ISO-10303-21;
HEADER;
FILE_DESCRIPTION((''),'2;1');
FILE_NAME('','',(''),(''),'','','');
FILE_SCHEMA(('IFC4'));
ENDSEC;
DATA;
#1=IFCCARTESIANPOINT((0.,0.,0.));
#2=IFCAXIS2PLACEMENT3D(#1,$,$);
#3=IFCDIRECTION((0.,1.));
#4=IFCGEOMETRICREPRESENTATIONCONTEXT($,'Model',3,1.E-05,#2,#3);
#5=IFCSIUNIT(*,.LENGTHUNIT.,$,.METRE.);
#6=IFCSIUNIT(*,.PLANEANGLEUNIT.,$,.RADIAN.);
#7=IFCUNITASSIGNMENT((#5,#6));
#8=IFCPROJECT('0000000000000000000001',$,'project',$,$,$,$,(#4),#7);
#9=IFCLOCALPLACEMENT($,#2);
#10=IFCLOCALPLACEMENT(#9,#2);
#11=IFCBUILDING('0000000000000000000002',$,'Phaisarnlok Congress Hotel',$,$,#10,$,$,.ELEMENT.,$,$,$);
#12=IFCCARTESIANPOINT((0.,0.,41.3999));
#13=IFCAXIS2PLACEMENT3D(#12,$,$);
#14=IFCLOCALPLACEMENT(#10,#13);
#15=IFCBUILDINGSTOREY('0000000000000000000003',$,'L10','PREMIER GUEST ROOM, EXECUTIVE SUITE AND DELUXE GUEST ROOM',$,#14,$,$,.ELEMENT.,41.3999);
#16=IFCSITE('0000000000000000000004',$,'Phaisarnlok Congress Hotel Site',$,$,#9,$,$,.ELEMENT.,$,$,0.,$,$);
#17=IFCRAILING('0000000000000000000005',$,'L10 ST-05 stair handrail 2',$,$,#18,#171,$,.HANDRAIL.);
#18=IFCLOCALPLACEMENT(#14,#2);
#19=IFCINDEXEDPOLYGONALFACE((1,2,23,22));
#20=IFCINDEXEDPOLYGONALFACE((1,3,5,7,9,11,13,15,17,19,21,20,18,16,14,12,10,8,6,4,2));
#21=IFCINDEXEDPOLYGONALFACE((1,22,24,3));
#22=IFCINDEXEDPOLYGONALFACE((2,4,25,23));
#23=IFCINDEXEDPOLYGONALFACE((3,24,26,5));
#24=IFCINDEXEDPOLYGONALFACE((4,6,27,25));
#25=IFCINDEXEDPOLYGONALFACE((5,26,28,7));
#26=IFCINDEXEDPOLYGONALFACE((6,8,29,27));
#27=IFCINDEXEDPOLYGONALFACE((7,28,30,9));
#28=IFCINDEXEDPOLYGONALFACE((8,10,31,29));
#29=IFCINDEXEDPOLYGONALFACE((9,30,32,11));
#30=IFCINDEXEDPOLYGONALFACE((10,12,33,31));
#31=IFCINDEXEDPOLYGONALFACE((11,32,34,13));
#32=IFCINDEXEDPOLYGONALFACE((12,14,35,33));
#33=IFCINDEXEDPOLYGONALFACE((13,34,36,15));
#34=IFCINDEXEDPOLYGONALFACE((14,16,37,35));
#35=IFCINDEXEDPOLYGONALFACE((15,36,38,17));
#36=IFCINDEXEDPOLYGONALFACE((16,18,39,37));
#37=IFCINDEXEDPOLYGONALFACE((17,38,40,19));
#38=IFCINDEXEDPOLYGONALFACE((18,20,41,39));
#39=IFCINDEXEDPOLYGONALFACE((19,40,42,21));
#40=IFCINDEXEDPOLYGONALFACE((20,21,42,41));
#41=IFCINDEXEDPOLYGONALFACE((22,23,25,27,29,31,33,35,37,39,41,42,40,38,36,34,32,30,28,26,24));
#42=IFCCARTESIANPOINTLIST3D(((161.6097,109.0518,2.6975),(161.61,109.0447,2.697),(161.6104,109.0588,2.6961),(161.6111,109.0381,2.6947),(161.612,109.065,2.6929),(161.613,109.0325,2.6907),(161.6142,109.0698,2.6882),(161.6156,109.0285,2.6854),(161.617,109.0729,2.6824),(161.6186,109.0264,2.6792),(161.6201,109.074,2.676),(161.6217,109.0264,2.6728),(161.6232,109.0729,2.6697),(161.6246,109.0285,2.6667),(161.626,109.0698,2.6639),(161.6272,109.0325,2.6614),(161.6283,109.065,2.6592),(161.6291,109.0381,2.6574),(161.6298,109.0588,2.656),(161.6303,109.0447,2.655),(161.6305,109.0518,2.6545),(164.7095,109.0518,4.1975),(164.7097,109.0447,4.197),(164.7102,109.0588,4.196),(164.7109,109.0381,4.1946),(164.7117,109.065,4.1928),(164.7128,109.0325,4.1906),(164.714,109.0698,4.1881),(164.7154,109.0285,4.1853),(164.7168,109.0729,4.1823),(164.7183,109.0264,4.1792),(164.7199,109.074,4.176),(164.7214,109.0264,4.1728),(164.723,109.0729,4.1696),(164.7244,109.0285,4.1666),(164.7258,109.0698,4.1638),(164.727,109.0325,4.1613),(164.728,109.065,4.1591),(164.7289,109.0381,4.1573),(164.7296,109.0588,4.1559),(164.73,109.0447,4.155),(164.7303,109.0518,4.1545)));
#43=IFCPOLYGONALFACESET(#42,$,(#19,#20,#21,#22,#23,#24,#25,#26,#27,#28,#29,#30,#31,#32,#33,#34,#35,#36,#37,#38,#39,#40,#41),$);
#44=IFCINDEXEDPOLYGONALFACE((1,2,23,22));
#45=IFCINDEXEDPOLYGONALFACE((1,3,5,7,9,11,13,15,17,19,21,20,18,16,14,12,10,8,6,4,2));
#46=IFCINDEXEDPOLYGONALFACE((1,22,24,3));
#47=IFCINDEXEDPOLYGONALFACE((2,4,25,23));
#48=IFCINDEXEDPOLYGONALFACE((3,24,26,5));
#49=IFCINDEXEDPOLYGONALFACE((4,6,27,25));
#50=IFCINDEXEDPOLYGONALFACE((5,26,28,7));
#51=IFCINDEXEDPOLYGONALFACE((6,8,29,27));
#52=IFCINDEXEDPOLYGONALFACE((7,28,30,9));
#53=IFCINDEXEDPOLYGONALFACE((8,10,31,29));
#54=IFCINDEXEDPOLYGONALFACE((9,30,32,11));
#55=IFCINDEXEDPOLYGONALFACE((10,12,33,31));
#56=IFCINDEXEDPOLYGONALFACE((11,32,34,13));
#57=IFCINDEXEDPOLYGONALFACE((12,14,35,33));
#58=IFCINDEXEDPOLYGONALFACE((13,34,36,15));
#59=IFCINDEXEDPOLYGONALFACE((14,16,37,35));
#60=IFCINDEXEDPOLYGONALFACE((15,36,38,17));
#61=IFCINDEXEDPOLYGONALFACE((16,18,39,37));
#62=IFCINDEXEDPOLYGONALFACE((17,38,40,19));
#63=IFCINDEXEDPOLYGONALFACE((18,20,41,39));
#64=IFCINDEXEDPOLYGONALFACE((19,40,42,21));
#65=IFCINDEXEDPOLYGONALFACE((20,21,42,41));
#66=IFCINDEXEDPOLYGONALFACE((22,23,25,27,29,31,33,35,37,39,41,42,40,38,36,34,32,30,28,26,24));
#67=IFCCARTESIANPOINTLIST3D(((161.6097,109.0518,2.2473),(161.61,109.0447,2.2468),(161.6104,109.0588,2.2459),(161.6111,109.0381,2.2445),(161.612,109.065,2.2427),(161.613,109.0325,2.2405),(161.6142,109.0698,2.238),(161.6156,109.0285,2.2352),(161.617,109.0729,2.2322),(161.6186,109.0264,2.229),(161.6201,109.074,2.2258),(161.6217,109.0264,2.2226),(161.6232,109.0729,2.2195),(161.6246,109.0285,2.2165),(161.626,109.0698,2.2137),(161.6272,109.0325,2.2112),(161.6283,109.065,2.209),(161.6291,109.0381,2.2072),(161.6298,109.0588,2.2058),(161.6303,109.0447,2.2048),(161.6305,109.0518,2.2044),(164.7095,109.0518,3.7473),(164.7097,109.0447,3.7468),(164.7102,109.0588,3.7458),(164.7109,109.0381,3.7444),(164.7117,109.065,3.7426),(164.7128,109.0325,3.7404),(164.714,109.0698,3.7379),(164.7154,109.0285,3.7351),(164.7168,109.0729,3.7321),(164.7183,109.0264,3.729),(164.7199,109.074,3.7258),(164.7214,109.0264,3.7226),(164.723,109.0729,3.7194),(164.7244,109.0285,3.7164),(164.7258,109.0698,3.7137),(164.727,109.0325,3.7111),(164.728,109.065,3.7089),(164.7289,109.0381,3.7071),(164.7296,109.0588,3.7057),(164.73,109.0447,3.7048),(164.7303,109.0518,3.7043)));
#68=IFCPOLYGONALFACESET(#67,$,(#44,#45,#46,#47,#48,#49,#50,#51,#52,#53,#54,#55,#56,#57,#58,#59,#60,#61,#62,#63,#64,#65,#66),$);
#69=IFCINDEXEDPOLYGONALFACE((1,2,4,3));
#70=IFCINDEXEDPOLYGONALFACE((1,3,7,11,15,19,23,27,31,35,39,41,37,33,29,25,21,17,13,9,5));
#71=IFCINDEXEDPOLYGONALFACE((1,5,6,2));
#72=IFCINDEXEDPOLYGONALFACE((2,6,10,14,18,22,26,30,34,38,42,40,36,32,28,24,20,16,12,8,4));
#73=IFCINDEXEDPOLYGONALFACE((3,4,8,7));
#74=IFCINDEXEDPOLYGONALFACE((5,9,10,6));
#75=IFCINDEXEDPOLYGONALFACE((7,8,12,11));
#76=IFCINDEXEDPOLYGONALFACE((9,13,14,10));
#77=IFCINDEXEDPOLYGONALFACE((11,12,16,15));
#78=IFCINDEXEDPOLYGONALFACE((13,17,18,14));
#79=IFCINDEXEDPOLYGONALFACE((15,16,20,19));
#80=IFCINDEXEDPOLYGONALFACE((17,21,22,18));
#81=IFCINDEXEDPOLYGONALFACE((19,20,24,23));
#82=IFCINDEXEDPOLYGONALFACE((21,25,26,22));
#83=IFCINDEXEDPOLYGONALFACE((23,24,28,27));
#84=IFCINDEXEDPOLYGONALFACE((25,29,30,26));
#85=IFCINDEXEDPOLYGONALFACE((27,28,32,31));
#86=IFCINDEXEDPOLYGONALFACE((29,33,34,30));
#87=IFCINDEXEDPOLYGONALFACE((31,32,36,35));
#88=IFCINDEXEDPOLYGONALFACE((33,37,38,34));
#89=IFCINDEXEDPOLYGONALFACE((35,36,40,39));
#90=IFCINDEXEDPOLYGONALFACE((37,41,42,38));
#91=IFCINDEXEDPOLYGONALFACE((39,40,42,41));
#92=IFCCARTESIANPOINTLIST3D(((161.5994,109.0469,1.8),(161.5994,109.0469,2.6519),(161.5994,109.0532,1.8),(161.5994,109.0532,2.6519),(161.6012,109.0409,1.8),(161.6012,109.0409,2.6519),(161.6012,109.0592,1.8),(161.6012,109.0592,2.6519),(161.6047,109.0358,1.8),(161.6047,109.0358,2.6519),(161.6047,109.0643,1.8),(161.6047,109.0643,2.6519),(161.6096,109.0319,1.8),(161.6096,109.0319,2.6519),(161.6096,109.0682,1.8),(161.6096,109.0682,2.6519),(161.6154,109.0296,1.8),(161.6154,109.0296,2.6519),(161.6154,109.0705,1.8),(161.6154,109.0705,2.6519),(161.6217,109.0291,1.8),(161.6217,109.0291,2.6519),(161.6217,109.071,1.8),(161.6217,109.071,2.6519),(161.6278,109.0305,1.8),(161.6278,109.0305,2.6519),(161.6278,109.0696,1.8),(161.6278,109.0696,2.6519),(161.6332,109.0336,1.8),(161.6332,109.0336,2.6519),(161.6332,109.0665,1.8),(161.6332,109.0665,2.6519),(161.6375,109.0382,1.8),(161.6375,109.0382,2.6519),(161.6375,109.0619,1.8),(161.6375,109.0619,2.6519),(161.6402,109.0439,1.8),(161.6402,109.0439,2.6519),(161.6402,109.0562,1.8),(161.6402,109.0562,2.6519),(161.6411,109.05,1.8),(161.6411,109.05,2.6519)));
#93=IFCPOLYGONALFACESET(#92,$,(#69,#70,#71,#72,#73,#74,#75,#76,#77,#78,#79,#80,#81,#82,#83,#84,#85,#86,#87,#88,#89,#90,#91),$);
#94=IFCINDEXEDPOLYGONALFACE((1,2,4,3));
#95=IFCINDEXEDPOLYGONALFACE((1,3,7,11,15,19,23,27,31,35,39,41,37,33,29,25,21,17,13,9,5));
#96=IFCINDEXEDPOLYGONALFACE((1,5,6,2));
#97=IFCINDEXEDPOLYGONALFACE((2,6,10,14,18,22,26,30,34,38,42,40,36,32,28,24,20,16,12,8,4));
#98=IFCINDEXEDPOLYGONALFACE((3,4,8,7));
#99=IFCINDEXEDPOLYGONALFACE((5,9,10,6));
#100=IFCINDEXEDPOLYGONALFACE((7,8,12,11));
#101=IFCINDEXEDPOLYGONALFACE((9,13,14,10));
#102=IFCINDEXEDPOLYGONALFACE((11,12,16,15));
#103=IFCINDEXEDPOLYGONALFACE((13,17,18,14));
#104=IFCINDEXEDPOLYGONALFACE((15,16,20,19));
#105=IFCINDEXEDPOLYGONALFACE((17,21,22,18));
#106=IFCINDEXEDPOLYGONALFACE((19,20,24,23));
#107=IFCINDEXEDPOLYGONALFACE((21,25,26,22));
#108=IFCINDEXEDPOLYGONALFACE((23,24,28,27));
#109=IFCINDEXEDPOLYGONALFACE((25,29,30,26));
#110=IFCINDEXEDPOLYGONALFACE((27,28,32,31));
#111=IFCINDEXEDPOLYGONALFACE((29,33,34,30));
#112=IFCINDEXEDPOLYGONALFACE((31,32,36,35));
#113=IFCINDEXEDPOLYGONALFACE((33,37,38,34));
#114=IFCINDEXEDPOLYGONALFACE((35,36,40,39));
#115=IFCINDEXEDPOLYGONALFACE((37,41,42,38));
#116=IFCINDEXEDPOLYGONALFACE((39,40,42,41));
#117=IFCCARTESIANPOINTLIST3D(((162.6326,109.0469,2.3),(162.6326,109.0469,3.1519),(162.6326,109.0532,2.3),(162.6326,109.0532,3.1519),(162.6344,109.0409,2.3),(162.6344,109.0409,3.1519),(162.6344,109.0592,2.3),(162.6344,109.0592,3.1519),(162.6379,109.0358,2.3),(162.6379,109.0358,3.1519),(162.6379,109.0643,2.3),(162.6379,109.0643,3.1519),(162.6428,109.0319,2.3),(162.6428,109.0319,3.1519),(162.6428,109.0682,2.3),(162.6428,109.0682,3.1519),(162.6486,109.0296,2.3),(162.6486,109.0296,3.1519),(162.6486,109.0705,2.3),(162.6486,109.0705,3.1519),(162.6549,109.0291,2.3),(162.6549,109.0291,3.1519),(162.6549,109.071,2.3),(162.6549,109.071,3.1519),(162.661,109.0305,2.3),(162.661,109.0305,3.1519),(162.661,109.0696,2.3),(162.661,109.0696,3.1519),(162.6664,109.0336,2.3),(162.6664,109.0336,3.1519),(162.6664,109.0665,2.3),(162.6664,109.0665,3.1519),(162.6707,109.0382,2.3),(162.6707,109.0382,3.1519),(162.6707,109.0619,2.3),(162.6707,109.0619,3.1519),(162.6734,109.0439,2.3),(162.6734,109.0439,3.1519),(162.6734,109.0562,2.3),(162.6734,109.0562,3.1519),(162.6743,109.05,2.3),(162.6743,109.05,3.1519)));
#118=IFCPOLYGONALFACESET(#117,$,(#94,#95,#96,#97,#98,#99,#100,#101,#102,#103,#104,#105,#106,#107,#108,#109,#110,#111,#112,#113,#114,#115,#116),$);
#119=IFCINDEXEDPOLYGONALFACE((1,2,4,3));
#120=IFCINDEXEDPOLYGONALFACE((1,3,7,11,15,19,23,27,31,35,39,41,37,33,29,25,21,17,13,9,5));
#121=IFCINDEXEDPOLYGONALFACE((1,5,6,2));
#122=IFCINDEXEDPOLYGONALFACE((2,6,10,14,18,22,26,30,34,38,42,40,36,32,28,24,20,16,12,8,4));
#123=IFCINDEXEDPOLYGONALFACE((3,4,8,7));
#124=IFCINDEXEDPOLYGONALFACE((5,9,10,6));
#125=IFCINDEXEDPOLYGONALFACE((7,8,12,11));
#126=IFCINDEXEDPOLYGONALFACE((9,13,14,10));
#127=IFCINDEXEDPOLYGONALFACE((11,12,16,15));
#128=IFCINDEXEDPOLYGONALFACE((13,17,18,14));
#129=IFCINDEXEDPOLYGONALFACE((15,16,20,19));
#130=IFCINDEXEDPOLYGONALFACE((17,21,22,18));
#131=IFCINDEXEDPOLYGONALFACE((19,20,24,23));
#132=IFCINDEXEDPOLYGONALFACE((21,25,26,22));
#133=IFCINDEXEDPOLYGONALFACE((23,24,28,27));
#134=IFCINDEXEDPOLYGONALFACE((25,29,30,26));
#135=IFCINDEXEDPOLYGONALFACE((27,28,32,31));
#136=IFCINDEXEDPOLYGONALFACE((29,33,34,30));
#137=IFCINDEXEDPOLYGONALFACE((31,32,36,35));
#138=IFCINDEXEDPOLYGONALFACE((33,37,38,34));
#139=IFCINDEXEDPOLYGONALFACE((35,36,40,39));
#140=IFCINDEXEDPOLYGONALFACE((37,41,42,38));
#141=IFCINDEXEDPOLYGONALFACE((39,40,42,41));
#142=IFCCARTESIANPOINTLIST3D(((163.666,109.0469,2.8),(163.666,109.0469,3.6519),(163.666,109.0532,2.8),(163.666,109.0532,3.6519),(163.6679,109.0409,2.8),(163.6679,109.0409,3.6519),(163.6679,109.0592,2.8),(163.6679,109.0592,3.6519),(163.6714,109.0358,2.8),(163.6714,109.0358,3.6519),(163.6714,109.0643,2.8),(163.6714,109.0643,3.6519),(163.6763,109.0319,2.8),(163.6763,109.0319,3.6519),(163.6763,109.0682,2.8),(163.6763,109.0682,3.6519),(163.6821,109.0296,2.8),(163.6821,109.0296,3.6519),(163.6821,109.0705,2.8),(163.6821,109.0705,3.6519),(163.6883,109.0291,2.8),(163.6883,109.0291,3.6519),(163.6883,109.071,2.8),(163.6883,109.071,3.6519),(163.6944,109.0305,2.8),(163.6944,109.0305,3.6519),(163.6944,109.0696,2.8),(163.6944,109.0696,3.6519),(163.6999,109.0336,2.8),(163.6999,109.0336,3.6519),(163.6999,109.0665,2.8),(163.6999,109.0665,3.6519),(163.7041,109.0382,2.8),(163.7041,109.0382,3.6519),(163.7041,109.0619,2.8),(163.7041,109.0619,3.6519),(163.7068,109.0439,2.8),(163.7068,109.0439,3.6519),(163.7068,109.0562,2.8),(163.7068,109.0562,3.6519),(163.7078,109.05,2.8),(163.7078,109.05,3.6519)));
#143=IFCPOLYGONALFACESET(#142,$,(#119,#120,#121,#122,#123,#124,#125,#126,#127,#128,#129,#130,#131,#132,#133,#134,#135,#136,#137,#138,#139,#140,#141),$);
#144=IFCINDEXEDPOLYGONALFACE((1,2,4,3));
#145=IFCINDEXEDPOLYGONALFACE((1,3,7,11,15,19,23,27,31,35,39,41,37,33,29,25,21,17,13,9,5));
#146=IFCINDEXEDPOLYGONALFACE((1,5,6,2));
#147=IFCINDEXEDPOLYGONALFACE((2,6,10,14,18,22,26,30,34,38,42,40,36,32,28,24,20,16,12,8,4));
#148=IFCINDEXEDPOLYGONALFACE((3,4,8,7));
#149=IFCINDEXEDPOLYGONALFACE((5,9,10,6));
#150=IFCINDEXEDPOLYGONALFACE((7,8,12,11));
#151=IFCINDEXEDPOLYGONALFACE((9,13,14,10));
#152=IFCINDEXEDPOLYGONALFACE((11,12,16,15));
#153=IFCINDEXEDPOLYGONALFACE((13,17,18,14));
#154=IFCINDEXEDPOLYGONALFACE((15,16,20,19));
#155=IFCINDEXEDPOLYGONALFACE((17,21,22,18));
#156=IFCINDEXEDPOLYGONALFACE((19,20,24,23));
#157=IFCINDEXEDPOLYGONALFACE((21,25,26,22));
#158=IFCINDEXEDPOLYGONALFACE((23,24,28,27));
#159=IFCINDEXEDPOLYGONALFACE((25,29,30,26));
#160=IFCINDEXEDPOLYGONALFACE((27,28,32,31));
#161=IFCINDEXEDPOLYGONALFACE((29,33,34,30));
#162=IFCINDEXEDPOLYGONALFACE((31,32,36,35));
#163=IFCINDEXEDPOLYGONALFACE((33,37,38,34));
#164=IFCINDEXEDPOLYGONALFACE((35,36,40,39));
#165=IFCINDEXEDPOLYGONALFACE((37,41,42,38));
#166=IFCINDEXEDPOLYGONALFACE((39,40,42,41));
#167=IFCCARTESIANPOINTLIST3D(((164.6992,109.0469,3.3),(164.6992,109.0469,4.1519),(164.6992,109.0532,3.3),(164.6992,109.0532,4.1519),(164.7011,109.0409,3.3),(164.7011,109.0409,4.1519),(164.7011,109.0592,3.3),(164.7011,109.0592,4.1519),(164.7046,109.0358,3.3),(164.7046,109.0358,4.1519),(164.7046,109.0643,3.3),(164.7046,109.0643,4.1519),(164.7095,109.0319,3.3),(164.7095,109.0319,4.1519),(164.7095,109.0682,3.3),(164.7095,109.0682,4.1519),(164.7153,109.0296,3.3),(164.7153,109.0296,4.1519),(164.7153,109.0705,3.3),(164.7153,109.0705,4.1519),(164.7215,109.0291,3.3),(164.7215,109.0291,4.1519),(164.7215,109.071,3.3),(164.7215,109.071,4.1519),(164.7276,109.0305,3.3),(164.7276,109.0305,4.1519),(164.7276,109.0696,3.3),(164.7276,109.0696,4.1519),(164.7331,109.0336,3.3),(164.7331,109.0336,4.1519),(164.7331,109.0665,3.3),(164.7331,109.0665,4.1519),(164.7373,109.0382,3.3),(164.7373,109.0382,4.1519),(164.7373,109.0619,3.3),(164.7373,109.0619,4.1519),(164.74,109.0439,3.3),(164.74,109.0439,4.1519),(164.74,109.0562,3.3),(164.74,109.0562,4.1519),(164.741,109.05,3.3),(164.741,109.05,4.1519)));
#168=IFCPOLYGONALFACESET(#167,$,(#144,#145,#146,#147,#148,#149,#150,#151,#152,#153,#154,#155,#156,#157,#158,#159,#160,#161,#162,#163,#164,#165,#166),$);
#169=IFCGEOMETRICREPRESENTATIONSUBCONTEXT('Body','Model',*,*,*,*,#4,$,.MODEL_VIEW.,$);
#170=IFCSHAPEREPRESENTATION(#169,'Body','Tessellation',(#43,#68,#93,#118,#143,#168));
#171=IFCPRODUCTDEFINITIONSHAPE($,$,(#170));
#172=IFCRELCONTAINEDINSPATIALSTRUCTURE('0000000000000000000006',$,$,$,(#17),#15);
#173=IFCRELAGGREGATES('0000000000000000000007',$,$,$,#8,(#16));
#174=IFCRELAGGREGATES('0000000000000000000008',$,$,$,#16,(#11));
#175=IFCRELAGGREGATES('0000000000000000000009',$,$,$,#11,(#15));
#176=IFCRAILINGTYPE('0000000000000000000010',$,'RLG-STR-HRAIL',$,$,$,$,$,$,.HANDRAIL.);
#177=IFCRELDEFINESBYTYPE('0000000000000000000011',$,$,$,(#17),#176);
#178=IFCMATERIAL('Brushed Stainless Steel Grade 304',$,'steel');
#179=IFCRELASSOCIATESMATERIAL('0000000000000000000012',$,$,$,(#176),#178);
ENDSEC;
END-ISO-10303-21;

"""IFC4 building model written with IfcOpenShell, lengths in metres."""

from ifc_helpers import new_model, si_unit, direction, frame, origin, origin_2d, place, context, subcontext, project, spatial, circle, extrude, material, type_object, element, save


model = new_model("IFC4")

# Units and contexts
model_context = context("Model", 3, precision=1e-05, world=origin(), true_north=direction((0.0, 1.0)))
body_context = subcontext(model_context, "Body", "Model", "MODEL_VIEW")
ifc_project = project(units=[si_unit("LENGTHUNIT", "METRE"), si_unit("PLANEANGLEUNIT", "RADIAN")], contexts=[model_context])

# Site, building, storey
site_placement = place(None, origin())
site = spatial("IfcSite", under=ifc_project, at=site_placement, Name="Phaisarnlok Congress Hotel Site", CompositionType="ELEMENT", RefElevation=0.0)
building_placement = place(site_placement, origin())
building = spatial("IfcBuilding", under=site, at=building_placement, Name="Phaisarnlok Congress Hotel", CompositionType="ELEMENT")
storey_placement = place(building_placement, frame((0.0, 0.0, 41.3999)))
storey = spatial("IfcBuildingStorey", under=building, at=storey_placement, Name="L10", Description="PREMIER GUEST ROOM, EXECUTIVE SUITE AND DELUXE GUEST ROOM", CompositionType="ELEMENT", Elevation=41.3999)

# Shared definitions
ifc_material_1 = material(Name="Brushed Stainless Steel Grade 304", Category="steel")

# Railing
railing_type_1 = type_object("IfcRailingType", Name="RLG-STR-HRAIL", PredefinedType="HANDRAIL", material=ifc_material_1)
railing_1_placement = place(storey_placement, frame((161.6201, 109.05, 1.8)))
element("IfcRailing", 1, at=railing_1_placement, inside=storey, type_object=railing_type_1, Name="L10 ST-05 stair handrail 2", PredefinedType="HANDRAIL", context=body_context, shape_type="SweptSolid", body=[
    extrude(circle(Radius=0.0239, at=origin_2d()), frame((0.0, 0.0, 0.876), z_axis=(0.900151, 0.0, 0.435578), x_axis=(0.0, 1.0, 0.0)), (0.0, 0.0, 1.0), 3.4436),
    extrude(circle(Radius=0.0239, at=origin_2d()), frame((0.0, 0.0, 0.4258), z_axis=(0.900151, 0.0, 0.435578), x_axis=(0.0, 1.0, 0.0)), (0.0, 0.0, 1.0), 3.4436),
    extrude(circle(Radius=0.021, at=origin_2d()), origin(), (0.0, 0.0, 1.0), 0.8518),
    extrude(circle(Radius=0.021, at=origin_2d()), frame((1.0332, 0.0, 0.5)), (0.0, 0.0, 1.0), 0.8518),
    extrude(circle(Radius=0.021, at=origin_2d()), frame((2.0667, 0.0, 1.0)), (0.0, 0.0, 1.0), 0.8518),
    extrude(circle(Radius=0.021, at=origin_2d()), frame((3.0999, 0.0, 1.5)), (0.0, 0.0, 1.0), 0.8518),
])

save(model, "model.ifc")
